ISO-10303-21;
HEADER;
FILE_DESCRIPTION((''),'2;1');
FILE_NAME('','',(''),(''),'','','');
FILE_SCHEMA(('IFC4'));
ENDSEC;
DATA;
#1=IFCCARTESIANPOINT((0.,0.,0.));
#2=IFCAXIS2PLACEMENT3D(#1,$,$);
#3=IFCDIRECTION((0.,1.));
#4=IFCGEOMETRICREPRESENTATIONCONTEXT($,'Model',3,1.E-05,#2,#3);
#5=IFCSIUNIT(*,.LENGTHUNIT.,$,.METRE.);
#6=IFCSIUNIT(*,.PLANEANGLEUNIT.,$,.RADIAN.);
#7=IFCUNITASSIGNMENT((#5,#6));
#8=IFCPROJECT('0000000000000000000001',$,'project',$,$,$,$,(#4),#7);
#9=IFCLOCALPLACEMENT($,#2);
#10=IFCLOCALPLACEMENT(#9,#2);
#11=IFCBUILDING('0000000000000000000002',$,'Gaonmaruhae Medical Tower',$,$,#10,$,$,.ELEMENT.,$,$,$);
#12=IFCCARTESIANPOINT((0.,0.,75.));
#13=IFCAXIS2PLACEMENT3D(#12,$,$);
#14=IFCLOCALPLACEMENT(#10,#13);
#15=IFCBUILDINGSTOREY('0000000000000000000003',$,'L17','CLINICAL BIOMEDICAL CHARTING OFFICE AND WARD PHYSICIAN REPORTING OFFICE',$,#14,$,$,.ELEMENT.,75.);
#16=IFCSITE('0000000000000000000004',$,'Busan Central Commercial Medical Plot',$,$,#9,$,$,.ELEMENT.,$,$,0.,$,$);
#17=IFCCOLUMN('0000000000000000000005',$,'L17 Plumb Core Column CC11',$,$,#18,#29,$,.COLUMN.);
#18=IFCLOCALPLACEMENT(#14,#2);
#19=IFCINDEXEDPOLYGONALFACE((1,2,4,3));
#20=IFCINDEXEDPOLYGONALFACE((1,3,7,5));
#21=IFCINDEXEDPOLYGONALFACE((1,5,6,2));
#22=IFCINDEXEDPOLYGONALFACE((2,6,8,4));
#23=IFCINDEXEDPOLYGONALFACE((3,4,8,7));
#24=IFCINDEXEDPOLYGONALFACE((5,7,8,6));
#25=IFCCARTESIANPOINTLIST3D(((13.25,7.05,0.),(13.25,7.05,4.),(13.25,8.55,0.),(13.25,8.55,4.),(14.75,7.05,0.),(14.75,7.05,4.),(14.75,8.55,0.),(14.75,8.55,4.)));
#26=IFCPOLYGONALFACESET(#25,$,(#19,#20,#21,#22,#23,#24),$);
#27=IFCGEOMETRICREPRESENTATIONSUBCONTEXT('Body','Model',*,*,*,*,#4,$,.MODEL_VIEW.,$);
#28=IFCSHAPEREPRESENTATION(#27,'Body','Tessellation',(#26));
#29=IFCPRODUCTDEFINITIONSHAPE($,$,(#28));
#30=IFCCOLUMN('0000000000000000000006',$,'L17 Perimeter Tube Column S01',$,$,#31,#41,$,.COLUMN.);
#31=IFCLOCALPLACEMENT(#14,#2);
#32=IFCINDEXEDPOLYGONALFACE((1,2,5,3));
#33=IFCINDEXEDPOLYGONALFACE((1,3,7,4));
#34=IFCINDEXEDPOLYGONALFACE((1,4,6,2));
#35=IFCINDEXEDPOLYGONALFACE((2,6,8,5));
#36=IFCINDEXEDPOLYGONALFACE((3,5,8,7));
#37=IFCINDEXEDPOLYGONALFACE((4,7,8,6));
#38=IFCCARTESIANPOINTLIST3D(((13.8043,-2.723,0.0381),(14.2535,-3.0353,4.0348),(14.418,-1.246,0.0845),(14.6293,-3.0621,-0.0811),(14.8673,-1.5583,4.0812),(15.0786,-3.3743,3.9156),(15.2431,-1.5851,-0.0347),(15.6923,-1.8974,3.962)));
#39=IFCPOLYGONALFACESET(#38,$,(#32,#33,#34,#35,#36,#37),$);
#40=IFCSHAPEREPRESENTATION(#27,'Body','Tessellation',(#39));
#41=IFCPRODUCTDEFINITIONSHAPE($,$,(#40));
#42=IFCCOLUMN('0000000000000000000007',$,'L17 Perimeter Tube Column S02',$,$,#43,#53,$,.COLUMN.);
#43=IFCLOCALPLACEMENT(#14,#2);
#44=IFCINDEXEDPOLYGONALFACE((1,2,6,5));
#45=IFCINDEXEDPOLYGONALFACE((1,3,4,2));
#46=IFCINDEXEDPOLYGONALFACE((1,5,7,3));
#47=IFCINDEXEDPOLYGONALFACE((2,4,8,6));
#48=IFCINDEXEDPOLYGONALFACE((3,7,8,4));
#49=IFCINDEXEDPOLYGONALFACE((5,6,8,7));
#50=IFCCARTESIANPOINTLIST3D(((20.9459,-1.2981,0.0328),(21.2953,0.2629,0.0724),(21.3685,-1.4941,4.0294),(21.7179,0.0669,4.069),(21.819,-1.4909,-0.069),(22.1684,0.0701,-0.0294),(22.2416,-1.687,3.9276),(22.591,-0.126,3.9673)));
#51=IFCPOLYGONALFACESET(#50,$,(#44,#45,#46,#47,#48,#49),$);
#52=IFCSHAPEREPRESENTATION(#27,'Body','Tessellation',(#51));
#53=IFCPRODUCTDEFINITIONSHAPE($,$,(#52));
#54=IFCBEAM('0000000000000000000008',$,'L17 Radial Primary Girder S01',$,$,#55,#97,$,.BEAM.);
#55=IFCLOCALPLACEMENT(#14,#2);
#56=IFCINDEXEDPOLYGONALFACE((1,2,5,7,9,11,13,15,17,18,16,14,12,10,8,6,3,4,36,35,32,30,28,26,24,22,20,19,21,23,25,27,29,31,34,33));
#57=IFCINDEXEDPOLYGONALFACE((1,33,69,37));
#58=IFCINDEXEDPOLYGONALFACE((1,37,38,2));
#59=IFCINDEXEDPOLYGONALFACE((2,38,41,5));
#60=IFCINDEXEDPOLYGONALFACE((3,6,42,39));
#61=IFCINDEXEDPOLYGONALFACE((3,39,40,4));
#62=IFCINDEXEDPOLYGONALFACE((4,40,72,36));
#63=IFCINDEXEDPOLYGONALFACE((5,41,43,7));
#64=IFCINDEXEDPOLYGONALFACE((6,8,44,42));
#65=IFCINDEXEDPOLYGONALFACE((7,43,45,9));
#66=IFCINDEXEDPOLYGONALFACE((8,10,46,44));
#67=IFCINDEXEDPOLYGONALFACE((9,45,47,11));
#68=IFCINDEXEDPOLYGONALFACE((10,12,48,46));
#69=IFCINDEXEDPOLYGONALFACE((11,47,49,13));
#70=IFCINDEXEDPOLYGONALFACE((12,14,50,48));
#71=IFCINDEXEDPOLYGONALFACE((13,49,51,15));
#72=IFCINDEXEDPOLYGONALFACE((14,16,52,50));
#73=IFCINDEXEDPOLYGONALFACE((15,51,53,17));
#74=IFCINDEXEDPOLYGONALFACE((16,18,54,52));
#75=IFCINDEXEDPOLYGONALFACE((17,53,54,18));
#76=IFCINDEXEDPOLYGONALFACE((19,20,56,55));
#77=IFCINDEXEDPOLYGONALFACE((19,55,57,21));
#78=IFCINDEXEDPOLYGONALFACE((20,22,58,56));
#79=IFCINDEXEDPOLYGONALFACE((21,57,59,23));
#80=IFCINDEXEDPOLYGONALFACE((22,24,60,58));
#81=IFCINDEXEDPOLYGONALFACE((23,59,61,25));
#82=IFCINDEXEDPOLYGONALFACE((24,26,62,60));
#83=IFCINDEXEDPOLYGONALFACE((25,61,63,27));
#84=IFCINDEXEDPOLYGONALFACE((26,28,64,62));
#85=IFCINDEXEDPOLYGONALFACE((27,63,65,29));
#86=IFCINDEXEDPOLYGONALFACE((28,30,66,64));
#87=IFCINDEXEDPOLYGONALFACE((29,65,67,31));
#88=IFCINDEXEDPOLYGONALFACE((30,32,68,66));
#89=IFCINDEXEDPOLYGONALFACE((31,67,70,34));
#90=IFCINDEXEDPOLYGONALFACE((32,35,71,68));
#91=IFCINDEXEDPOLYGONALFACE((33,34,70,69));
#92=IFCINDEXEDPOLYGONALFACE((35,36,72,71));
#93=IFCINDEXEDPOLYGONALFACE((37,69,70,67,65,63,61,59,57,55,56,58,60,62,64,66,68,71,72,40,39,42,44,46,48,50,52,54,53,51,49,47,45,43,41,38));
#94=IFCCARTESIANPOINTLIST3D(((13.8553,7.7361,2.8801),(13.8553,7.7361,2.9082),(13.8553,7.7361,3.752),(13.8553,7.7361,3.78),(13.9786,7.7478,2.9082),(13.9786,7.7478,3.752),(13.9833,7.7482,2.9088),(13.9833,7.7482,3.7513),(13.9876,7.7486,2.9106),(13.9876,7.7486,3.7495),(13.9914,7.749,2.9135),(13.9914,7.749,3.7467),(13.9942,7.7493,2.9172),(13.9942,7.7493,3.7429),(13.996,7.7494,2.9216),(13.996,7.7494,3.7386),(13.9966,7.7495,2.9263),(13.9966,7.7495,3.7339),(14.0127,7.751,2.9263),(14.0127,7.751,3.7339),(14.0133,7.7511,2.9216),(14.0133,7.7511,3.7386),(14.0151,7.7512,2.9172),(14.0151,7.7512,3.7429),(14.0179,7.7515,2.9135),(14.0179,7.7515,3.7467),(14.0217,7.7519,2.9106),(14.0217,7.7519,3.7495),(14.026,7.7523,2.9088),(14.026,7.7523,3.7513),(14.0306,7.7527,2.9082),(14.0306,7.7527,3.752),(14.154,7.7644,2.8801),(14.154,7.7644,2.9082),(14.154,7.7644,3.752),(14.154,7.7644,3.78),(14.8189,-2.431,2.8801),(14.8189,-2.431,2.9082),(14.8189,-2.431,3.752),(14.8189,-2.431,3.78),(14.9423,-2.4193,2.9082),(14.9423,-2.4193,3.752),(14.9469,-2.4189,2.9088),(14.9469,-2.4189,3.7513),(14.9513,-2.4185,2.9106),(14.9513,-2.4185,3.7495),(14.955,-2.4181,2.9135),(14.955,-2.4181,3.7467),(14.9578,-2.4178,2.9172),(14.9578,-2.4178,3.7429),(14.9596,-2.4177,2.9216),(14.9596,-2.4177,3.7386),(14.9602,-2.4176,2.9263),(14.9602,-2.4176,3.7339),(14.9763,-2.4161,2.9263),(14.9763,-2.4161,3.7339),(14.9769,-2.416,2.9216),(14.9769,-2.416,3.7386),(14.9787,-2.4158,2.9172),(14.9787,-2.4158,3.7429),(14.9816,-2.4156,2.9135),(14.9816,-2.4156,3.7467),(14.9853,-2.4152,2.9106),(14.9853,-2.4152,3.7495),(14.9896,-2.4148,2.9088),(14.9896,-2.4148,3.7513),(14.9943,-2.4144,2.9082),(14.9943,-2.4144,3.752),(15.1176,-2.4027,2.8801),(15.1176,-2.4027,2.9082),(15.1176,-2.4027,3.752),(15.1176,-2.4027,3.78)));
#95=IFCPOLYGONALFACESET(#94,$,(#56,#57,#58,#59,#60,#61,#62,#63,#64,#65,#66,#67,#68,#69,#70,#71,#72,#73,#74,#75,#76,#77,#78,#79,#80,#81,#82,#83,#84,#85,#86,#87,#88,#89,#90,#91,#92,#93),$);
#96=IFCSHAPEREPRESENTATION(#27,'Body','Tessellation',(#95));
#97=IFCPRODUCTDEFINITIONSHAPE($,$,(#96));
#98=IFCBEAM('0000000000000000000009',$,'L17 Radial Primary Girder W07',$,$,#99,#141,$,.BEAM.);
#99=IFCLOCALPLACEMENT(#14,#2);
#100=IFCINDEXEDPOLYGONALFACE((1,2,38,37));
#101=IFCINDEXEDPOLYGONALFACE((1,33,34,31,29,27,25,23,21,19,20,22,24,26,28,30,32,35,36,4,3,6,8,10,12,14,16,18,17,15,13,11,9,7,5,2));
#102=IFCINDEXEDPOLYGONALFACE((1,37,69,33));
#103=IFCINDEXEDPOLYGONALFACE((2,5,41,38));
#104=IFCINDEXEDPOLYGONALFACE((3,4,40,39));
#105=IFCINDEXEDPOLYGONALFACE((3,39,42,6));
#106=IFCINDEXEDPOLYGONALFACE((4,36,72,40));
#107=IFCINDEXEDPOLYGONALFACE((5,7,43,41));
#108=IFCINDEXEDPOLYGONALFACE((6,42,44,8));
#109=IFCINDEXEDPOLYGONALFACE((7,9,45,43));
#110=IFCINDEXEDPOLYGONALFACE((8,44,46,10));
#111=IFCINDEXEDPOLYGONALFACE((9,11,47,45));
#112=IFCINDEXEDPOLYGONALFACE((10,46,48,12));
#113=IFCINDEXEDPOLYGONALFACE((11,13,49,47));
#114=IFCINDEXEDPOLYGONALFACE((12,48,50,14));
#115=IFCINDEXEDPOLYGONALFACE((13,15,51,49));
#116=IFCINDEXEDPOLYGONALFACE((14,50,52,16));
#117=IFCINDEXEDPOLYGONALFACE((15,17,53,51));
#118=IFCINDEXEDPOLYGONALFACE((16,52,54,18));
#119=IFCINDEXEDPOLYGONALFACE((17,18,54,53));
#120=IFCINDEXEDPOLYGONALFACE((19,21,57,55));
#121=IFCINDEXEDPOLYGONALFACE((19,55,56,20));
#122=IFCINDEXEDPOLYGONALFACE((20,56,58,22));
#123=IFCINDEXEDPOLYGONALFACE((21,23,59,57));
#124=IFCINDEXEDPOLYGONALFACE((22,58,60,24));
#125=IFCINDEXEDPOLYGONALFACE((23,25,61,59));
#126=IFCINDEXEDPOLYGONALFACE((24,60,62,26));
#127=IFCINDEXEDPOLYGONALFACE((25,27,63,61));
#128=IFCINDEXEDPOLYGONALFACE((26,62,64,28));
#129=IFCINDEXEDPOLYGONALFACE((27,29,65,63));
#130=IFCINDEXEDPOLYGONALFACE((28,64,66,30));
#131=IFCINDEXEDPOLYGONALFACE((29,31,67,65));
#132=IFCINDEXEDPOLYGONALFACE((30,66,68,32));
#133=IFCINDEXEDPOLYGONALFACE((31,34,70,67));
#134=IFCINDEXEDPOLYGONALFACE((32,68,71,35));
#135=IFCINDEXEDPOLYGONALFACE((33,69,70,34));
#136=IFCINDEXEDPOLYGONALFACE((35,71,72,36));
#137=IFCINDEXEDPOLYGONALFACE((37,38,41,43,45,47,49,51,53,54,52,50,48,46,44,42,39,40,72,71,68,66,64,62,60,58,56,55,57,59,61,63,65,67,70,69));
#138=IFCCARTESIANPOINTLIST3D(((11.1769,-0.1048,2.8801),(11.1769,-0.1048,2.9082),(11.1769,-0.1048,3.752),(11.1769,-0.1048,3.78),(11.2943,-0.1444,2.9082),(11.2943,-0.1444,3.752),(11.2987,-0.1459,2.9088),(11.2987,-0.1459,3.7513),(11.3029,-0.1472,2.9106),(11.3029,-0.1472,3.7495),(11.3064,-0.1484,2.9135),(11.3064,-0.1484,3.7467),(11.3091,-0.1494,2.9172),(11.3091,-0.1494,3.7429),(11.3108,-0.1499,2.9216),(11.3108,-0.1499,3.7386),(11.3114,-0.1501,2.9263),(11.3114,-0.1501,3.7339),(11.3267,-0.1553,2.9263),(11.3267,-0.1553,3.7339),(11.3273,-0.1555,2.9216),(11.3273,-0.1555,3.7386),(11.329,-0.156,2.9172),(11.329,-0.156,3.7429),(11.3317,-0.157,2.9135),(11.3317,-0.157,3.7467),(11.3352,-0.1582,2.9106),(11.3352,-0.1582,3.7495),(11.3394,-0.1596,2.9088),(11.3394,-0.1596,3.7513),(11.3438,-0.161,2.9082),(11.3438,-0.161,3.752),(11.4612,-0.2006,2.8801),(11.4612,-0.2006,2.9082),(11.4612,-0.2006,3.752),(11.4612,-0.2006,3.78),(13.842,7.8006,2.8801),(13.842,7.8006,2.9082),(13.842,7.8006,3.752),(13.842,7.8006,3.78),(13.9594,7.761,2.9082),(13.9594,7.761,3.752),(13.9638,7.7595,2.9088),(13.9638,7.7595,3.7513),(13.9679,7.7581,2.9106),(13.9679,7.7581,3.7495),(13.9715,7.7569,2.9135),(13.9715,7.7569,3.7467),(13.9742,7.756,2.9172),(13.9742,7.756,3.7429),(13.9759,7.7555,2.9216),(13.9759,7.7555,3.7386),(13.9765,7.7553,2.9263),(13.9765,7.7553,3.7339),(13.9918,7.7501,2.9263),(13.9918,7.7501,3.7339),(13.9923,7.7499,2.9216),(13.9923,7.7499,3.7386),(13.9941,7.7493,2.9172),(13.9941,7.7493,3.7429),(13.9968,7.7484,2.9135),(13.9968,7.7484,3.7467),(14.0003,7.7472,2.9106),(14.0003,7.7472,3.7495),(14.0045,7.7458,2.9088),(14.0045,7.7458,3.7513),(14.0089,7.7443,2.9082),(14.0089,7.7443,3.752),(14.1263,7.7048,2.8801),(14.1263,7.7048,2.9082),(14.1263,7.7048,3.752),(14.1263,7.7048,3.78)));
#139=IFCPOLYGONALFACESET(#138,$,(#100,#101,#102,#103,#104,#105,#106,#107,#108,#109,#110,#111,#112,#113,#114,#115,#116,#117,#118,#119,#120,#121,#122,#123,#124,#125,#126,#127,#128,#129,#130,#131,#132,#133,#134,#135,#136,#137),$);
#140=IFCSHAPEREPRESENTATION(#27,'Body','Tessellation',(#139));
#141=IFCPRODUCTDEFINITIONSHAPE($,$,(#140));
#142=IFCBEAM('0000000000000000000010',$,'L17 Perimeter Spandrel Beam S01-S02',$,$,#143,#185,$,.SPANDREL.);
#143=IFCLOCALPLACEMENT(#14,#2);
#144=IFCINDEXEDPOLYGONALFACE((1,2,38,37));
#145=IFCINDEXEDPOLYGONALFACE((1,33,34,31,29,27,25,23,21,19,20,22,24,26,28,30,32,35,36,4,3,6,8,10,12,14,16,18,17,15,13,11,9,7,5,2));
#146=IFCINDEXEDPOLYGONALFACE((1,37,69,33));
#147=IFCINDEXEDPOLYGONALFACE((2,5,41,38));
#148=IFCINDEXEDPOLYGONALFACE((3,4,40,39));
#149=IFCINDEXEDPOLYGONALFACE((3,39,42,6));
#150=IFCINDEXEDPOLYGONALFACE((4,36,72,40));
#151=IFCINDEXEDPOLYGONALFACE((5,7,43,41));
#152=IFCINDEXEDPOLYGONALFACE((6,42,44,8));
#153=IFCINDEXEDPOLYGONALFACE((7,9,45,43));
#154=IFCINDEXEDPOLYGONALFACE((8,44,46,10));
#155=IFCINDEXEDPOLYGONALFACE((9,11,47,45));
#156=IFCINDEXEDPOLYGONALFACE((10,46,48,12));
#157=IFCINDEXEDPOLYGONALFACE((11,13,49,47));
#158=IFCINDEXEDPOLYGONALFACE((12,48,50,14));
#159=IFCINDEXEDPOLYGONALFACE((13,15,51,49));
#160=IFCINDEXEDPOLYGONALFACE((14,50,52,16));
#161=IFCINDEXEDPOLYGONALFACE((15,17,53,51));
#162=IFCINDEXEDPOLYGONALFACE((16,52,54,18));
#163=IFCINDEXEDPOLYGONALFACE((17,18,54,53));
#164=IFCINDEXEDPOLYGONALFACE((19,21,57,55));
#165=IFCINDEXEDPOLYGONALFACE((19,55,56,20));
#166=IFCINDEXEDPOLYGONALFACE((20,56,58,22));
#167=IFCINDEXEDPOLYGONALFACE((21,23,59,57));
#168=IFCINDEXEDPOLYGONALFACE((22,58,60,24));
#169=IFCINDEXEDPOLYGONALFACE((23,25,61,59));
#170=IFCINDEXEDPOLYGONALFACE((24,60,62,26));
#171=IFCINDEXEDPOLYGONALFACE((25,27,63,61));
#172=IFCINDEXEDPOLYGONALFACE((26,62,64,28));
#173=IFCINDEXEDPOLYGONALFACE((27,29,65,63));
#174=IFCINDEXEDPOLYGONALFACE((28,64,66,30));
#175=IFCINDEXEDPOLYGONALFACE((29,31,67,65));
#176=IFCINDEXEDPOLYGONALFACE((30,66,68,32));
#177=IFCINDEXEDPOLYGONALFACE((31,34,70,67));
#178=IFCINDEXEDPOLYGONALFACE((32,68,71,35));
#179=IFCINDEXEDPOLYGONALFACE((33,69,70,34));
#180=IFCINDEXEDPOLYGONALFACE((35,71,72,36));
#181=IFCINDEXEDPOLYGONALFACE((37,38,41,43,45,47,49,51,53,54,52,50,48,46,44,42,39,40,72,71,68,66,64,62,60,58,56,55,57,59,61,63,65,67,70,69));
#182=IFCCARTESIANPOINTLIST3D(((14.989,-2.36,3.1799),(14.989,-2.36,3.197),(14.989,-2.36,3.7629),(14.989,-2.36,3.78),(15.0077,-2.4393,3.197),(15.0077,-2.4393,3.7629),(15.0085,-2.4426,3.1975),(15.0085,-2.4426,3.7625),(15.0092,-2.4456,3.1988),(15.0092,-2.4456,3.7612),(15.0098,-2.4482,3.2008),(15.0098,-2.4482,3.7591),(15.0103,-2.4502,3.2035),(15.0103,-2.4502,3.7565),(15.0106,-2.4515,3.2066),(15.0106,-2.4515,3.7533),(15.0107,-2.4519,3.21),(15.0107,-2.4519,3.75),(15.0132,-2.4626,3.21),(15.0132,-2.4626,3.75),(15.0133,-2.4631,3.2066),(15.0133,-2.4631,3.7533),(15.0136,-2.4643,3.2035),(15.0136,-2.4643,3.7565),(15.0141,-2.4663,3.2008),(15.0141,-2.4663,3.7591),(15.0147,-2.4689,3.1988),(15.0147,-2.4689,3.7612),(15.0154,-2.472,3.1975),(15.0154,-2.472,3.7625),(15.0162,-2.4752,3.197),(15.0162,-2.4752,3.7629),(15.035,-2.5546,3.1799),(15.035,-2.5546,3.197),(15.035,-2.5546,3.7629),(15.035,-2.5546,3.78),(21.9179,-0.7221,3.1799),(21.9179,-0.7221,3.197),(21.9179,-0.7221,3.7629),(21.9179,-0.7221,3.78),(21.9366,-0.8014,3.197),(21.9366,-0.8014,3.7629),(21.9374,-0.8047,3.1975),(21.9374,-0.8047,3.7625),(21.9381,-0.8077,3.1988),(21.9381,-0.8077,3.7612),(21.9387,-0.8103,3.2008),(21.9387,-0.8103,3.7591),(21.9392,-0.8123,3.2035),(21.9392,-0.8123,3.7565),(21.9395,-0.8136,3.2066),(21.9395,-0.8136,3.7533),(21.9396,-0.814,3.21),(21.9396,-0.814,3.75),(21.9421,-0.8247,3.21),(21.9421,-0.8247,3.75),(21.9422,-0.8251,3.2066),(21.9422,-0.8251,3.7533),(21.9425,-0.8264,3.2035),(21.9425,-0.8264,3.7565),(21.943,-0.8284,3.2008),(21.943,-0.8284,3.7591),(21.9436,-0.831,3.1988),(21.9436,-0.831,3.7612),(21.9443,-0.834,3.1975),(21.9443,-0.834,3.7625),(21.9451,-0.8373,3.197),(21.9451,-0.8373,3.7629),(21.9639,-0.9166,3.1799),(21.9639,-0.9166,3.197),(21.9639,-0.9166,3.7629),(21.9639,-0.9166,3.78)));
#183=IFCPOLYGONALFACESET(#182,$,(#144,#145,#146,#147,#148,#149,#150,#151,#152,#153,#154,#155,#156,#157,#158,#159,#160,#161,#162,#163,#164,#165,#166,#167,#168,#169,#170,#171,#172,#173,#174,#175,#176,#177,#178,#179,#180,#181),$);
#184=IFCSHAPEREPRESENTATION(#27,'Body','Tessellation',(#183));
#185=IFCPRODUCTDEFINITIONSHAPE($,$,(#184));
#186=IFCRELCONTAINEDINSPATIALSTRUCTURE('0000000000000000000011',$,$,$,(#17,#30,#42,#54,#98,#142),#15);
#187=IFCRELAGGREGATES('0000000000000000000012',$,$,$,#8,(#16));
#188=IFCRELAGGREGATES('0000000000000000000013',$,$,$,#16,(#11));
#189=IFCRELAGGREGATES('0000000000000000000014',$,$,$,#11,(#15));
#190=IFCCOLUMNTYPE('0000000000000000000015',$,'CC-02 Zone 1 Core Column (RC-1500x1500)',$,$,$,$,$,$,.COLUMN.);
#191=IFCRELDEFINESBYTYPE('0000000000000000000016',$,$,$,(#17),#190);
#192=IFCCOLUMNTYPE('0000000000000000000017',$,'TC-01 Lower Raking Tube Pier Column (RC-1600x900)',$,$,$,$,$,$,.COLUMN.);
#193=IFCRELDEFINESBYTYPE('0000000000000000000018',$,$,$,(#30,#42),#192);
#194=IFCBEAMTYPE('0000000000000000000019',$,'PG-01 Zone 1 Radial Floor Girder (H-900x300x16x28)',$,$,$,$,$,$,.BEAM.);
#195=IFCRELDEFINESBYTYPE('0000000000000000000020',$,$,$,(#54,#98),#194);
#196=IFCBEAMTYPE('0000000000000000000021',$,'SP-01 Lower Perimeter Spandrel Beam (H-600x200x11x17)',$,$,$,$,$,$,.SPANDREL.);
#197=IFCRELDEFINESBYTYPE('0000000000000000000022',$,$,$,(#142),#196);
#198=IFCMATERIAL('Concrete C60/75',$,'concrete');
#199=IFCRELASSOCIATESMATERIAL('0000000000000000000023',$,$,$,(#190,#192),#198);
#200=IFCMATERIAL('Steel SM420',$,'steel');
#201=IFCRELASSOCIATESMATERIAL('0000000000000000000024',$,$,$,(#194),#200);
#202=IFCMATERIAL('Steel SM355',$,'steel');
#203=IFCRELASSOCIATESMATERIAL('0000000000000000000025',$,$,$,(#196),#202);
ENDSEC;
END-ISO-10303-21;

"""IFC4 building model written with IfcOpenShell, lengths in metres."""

from ifc_helpers import new_model, si_unit, direction, frame, origin, origin_2d, place, context, subcontext, project, spatial, rectangle, i_section, extrude, material, material_profile, profile_set, type_object, element, save


model = new_model("IFC4")

# Units and contexts
model_context = context("Model", 3, precision=1e-05, world=origin(), true_north=direction((0.0, 1.0)))
body_context = subcontext(model_context, "Body", "Model", "MODEL_VIEW")
ifc_project = project(units=[si_unit("LENGTHUNIT", "METRE"), si_unit("PLANEANGLEUNIT", "RADIAN")], contexts=[model_context])

# Site, building, storey
site_placement = place(None, origin())
site = spatial("IfcSite", under=ifc_project, at=site_placement, Name="Busan Central Commercial Medical Plot", CompositionType="ELEMENT", RefElevation=0.0)
building_placement = place(site_placement, origin())
building = spatial("IfcBuilding", under=site, at=building_placement, Name="Gaonmaruhae Medical Tower", CompositionType="ELEMENT")
storey_placement = place(building_placement, frame((0.0, 0.0, 75.0)))
storey = spatial("IfcBuildingStorey", under=building, at=storey_placement, Name="L17", Description="CLINICAL BIOMEDICAL CHARTING OFFICE AND WARD PHYSICIAN REPORTING OFFICE", CompositionType="ELEMENT", Elevation=75.0)

# Columns
ifc_material_1 = material(Name="Concrete C60/75", Category="concrete")
ifc_material_profile_1 = material_profile(ifc_material_1, rectangle(XDim=1.5, YDim=1.5, at=origin_2d()), Name="RC-1500x1500")
ifc_profile_set_1 = profile_set([ifc_material_profile_1], Name="Concrete C60/75")
column_type_1 = type_object("IfcColumnType", Name="CC-02 Zone 1 Core Column (RC-1500x1500)", PredefinedType="COLUMN", material=ifc_profile_set_1)
column_1_placement = place(storey_placement, frame((14.0, 7.8, 0.0), z_axis=(0.0, 0.0, 1.0), x_axis=(1.0, 0.0, 0.0)))
element("IfcColumn", 1, at=column_1_placement, inside=storey, type_object=column_type_1, Name="L17 Plumb Core Column CC11", PredefinedType="COLUMN", context=body_context, shape_type="SweptSolid", body=[
    extrude(rectangle(XDim=1.5, YDim=1.5, at=origin_2d()), origin(), (0.0, 0.0, 1.0), 4.0),
])
ifc_material_profile_2 = material_profile(ifc_material_1, rectangle(XDim=1.6001, YDim=0.8999, at=origin_2d()), Name="RC-1600x900")
ifc_profile_set_2 = profile_set([ifc_material_profile_2], Name="Concrete C60/75")
column_type_2 = type_object("IfcColumnType", Name="TC-01 Lower Raking Tube Pier Column (RC-1600x900)", PredefinedType="COLUMN", material=ifc_profile_set_2)
column_2_placement = place(storey_placement, frame((14.5237, -2.1541, 0.0017), z_axis=(0.111362, -0.077409, 0.99076), x_axis=(0.383556, 0.923062, 0.029008)))
element("IfcColumn", 2, at=column_2_placement, inside=storey, type_object=column_type_2, Name="L17 Perimeter Tube Column S01", PredefinedType="COLUMN", context=body_context, shape_type="SweptSolid", body=[
    extrude(rectangle(XDim=1.6001, YDim=0.8999, at=origin_2d()), origin(), (0.0, 0.0, 1.0), 4.0339),
])
column_3_placement = place(storey_placement, frame((21.5571, -0.614, 0.0017), z_axis=(0.105031, -0.048723, 0.993275), x_axis=(0.218363, 0.975553, 0.024764)))
element("IfcColumn", 3, at=column_3_placement, inside=storey, type_object=column_type_2, Name="L17 Perimeter Tube Column S02", PredefinedType="COLUMN", context=body_context, shape_type="SweptSolid", body=[
    extrude(rectangle(XDim=1.6001, YDim=0.8999, at=origin_2d()), origin(), (0.0, 0.0, 1.0), 4.0237),
])

# Beams
ifc_material_2 = material(Name="Steel SM420", Category="steel")
ifc_material_profile_3 = material_profile(ifc_material_2, i_section(OverallWidth=0.3, OverallDepth=0.8999, WebThickness=0.0161, FlangeThickness=0.0281, FilletRadius=0.0181, at=origin_2d()), Name="H-900x300x16x28")
ifc_profile_set_3 = profile_set([ifc_material_profile_3], Name="Steel SM420")
beam_type_1 = type_object("IfcBeamType", Name="PG-01 Zone 1 Radial Floor Girder (H-900x300x16x28)", PredefinedType="BEAM", material=ifc_profile_set_3)
beam_1_placement = place(storey_placement, frame((14.0046, 7.7502, 3.3301), z_axis=(0.094357, -0.995538, 0.0), x_axis=(0.995538, 0.094357, 0.0)))
element("IfcBeam", 4, at=beam_1_placement, inside=storey, type_object=beam_type_1, Name="L17 Radial Primary Girder S01", PredefinedType="BEAM", context=body_context, shape_type="SweptSolid", body=[
    extrude(i_section(OverallWidth=0.3, OverallDepth=0.8999, WebThickness=0.0161, FlangeThickness=0.0281, FilletRadius=0.0181, at=origin_2d()), origin(), (0.0, 0.0, 1.0), 10.2126),
])
beam_2_placement = place(storey_placement, frame((13.9841, 7.7527, 3.3301), z_axis=(-0.319457, -0.947601, 0.0), x_axis=(0.947601, -0.319457, 0.0)))
element("IfcBeam", 5, at=beam_2_placement, inside=storey, type_object=beam_type_1, Name="L17 Radial Primary Girder W07", PredefinedType="BEAM", context=body_context, shape_type="SweptSolid", body=[
    extrude(i_section(OverallWidth=0.3, OverallDepth=0.8999, WebThickness=0.0161, FlangeThickness=0.0281, FilletRadius=0.0181, at=origin_2d()), origin(), (0.0, 0.0, 1.0), 8.3425),
])
ifc_material_3 = material(Name="Steel SM355", Category="steel")
ifc_material_profile_4 = material_profile(ifc_material_3, i_section(OverallWidth=0.2, OverallDepth=0.6001, WebThickness=0.011, FlangeThickness=0.0171, FilletRadius=0.0129, at=origin_2d()), Name="H-600x200x11x17")
ifc_profile_set_4 = profile_set([ifc_material_profile_4], Name="Steel SM355")
beam_type_2 = type_object("IfcBeamType", Name="SP-01 Lower Perimeter Spandrel Beam (H-600x200x11x17)", PredefinedType="SPANDREL", material=ifc_profile_set_4)
beam_3_placement = place(storey_placement, frame((15.012, -2.4573, 3.48), z_axis=(0.973179, 0.23005, 0.0), x_axis=(-0.23005, 0.973179, 0.0)))
element("IfcBeam", 6, at=beam_3_placement, inside=storey, type_object=beam_type_2, Name="L17 Perimeter Spandrel Beam S01-S02", PredefinedType="SPANDREL", context=body_context, shape_type="SweptSolid", body=[
    extrude(i_section(OverallWidth=0.2, OverallDepth=0.6001, WebThickness=0.011, FlangeThickness=0.0171, FilletRadius=0.0129, at=origin_2d()), origin(), (0.0, 0.0, 1.0), 7.1199),
])

save(model, "model.ifc")
